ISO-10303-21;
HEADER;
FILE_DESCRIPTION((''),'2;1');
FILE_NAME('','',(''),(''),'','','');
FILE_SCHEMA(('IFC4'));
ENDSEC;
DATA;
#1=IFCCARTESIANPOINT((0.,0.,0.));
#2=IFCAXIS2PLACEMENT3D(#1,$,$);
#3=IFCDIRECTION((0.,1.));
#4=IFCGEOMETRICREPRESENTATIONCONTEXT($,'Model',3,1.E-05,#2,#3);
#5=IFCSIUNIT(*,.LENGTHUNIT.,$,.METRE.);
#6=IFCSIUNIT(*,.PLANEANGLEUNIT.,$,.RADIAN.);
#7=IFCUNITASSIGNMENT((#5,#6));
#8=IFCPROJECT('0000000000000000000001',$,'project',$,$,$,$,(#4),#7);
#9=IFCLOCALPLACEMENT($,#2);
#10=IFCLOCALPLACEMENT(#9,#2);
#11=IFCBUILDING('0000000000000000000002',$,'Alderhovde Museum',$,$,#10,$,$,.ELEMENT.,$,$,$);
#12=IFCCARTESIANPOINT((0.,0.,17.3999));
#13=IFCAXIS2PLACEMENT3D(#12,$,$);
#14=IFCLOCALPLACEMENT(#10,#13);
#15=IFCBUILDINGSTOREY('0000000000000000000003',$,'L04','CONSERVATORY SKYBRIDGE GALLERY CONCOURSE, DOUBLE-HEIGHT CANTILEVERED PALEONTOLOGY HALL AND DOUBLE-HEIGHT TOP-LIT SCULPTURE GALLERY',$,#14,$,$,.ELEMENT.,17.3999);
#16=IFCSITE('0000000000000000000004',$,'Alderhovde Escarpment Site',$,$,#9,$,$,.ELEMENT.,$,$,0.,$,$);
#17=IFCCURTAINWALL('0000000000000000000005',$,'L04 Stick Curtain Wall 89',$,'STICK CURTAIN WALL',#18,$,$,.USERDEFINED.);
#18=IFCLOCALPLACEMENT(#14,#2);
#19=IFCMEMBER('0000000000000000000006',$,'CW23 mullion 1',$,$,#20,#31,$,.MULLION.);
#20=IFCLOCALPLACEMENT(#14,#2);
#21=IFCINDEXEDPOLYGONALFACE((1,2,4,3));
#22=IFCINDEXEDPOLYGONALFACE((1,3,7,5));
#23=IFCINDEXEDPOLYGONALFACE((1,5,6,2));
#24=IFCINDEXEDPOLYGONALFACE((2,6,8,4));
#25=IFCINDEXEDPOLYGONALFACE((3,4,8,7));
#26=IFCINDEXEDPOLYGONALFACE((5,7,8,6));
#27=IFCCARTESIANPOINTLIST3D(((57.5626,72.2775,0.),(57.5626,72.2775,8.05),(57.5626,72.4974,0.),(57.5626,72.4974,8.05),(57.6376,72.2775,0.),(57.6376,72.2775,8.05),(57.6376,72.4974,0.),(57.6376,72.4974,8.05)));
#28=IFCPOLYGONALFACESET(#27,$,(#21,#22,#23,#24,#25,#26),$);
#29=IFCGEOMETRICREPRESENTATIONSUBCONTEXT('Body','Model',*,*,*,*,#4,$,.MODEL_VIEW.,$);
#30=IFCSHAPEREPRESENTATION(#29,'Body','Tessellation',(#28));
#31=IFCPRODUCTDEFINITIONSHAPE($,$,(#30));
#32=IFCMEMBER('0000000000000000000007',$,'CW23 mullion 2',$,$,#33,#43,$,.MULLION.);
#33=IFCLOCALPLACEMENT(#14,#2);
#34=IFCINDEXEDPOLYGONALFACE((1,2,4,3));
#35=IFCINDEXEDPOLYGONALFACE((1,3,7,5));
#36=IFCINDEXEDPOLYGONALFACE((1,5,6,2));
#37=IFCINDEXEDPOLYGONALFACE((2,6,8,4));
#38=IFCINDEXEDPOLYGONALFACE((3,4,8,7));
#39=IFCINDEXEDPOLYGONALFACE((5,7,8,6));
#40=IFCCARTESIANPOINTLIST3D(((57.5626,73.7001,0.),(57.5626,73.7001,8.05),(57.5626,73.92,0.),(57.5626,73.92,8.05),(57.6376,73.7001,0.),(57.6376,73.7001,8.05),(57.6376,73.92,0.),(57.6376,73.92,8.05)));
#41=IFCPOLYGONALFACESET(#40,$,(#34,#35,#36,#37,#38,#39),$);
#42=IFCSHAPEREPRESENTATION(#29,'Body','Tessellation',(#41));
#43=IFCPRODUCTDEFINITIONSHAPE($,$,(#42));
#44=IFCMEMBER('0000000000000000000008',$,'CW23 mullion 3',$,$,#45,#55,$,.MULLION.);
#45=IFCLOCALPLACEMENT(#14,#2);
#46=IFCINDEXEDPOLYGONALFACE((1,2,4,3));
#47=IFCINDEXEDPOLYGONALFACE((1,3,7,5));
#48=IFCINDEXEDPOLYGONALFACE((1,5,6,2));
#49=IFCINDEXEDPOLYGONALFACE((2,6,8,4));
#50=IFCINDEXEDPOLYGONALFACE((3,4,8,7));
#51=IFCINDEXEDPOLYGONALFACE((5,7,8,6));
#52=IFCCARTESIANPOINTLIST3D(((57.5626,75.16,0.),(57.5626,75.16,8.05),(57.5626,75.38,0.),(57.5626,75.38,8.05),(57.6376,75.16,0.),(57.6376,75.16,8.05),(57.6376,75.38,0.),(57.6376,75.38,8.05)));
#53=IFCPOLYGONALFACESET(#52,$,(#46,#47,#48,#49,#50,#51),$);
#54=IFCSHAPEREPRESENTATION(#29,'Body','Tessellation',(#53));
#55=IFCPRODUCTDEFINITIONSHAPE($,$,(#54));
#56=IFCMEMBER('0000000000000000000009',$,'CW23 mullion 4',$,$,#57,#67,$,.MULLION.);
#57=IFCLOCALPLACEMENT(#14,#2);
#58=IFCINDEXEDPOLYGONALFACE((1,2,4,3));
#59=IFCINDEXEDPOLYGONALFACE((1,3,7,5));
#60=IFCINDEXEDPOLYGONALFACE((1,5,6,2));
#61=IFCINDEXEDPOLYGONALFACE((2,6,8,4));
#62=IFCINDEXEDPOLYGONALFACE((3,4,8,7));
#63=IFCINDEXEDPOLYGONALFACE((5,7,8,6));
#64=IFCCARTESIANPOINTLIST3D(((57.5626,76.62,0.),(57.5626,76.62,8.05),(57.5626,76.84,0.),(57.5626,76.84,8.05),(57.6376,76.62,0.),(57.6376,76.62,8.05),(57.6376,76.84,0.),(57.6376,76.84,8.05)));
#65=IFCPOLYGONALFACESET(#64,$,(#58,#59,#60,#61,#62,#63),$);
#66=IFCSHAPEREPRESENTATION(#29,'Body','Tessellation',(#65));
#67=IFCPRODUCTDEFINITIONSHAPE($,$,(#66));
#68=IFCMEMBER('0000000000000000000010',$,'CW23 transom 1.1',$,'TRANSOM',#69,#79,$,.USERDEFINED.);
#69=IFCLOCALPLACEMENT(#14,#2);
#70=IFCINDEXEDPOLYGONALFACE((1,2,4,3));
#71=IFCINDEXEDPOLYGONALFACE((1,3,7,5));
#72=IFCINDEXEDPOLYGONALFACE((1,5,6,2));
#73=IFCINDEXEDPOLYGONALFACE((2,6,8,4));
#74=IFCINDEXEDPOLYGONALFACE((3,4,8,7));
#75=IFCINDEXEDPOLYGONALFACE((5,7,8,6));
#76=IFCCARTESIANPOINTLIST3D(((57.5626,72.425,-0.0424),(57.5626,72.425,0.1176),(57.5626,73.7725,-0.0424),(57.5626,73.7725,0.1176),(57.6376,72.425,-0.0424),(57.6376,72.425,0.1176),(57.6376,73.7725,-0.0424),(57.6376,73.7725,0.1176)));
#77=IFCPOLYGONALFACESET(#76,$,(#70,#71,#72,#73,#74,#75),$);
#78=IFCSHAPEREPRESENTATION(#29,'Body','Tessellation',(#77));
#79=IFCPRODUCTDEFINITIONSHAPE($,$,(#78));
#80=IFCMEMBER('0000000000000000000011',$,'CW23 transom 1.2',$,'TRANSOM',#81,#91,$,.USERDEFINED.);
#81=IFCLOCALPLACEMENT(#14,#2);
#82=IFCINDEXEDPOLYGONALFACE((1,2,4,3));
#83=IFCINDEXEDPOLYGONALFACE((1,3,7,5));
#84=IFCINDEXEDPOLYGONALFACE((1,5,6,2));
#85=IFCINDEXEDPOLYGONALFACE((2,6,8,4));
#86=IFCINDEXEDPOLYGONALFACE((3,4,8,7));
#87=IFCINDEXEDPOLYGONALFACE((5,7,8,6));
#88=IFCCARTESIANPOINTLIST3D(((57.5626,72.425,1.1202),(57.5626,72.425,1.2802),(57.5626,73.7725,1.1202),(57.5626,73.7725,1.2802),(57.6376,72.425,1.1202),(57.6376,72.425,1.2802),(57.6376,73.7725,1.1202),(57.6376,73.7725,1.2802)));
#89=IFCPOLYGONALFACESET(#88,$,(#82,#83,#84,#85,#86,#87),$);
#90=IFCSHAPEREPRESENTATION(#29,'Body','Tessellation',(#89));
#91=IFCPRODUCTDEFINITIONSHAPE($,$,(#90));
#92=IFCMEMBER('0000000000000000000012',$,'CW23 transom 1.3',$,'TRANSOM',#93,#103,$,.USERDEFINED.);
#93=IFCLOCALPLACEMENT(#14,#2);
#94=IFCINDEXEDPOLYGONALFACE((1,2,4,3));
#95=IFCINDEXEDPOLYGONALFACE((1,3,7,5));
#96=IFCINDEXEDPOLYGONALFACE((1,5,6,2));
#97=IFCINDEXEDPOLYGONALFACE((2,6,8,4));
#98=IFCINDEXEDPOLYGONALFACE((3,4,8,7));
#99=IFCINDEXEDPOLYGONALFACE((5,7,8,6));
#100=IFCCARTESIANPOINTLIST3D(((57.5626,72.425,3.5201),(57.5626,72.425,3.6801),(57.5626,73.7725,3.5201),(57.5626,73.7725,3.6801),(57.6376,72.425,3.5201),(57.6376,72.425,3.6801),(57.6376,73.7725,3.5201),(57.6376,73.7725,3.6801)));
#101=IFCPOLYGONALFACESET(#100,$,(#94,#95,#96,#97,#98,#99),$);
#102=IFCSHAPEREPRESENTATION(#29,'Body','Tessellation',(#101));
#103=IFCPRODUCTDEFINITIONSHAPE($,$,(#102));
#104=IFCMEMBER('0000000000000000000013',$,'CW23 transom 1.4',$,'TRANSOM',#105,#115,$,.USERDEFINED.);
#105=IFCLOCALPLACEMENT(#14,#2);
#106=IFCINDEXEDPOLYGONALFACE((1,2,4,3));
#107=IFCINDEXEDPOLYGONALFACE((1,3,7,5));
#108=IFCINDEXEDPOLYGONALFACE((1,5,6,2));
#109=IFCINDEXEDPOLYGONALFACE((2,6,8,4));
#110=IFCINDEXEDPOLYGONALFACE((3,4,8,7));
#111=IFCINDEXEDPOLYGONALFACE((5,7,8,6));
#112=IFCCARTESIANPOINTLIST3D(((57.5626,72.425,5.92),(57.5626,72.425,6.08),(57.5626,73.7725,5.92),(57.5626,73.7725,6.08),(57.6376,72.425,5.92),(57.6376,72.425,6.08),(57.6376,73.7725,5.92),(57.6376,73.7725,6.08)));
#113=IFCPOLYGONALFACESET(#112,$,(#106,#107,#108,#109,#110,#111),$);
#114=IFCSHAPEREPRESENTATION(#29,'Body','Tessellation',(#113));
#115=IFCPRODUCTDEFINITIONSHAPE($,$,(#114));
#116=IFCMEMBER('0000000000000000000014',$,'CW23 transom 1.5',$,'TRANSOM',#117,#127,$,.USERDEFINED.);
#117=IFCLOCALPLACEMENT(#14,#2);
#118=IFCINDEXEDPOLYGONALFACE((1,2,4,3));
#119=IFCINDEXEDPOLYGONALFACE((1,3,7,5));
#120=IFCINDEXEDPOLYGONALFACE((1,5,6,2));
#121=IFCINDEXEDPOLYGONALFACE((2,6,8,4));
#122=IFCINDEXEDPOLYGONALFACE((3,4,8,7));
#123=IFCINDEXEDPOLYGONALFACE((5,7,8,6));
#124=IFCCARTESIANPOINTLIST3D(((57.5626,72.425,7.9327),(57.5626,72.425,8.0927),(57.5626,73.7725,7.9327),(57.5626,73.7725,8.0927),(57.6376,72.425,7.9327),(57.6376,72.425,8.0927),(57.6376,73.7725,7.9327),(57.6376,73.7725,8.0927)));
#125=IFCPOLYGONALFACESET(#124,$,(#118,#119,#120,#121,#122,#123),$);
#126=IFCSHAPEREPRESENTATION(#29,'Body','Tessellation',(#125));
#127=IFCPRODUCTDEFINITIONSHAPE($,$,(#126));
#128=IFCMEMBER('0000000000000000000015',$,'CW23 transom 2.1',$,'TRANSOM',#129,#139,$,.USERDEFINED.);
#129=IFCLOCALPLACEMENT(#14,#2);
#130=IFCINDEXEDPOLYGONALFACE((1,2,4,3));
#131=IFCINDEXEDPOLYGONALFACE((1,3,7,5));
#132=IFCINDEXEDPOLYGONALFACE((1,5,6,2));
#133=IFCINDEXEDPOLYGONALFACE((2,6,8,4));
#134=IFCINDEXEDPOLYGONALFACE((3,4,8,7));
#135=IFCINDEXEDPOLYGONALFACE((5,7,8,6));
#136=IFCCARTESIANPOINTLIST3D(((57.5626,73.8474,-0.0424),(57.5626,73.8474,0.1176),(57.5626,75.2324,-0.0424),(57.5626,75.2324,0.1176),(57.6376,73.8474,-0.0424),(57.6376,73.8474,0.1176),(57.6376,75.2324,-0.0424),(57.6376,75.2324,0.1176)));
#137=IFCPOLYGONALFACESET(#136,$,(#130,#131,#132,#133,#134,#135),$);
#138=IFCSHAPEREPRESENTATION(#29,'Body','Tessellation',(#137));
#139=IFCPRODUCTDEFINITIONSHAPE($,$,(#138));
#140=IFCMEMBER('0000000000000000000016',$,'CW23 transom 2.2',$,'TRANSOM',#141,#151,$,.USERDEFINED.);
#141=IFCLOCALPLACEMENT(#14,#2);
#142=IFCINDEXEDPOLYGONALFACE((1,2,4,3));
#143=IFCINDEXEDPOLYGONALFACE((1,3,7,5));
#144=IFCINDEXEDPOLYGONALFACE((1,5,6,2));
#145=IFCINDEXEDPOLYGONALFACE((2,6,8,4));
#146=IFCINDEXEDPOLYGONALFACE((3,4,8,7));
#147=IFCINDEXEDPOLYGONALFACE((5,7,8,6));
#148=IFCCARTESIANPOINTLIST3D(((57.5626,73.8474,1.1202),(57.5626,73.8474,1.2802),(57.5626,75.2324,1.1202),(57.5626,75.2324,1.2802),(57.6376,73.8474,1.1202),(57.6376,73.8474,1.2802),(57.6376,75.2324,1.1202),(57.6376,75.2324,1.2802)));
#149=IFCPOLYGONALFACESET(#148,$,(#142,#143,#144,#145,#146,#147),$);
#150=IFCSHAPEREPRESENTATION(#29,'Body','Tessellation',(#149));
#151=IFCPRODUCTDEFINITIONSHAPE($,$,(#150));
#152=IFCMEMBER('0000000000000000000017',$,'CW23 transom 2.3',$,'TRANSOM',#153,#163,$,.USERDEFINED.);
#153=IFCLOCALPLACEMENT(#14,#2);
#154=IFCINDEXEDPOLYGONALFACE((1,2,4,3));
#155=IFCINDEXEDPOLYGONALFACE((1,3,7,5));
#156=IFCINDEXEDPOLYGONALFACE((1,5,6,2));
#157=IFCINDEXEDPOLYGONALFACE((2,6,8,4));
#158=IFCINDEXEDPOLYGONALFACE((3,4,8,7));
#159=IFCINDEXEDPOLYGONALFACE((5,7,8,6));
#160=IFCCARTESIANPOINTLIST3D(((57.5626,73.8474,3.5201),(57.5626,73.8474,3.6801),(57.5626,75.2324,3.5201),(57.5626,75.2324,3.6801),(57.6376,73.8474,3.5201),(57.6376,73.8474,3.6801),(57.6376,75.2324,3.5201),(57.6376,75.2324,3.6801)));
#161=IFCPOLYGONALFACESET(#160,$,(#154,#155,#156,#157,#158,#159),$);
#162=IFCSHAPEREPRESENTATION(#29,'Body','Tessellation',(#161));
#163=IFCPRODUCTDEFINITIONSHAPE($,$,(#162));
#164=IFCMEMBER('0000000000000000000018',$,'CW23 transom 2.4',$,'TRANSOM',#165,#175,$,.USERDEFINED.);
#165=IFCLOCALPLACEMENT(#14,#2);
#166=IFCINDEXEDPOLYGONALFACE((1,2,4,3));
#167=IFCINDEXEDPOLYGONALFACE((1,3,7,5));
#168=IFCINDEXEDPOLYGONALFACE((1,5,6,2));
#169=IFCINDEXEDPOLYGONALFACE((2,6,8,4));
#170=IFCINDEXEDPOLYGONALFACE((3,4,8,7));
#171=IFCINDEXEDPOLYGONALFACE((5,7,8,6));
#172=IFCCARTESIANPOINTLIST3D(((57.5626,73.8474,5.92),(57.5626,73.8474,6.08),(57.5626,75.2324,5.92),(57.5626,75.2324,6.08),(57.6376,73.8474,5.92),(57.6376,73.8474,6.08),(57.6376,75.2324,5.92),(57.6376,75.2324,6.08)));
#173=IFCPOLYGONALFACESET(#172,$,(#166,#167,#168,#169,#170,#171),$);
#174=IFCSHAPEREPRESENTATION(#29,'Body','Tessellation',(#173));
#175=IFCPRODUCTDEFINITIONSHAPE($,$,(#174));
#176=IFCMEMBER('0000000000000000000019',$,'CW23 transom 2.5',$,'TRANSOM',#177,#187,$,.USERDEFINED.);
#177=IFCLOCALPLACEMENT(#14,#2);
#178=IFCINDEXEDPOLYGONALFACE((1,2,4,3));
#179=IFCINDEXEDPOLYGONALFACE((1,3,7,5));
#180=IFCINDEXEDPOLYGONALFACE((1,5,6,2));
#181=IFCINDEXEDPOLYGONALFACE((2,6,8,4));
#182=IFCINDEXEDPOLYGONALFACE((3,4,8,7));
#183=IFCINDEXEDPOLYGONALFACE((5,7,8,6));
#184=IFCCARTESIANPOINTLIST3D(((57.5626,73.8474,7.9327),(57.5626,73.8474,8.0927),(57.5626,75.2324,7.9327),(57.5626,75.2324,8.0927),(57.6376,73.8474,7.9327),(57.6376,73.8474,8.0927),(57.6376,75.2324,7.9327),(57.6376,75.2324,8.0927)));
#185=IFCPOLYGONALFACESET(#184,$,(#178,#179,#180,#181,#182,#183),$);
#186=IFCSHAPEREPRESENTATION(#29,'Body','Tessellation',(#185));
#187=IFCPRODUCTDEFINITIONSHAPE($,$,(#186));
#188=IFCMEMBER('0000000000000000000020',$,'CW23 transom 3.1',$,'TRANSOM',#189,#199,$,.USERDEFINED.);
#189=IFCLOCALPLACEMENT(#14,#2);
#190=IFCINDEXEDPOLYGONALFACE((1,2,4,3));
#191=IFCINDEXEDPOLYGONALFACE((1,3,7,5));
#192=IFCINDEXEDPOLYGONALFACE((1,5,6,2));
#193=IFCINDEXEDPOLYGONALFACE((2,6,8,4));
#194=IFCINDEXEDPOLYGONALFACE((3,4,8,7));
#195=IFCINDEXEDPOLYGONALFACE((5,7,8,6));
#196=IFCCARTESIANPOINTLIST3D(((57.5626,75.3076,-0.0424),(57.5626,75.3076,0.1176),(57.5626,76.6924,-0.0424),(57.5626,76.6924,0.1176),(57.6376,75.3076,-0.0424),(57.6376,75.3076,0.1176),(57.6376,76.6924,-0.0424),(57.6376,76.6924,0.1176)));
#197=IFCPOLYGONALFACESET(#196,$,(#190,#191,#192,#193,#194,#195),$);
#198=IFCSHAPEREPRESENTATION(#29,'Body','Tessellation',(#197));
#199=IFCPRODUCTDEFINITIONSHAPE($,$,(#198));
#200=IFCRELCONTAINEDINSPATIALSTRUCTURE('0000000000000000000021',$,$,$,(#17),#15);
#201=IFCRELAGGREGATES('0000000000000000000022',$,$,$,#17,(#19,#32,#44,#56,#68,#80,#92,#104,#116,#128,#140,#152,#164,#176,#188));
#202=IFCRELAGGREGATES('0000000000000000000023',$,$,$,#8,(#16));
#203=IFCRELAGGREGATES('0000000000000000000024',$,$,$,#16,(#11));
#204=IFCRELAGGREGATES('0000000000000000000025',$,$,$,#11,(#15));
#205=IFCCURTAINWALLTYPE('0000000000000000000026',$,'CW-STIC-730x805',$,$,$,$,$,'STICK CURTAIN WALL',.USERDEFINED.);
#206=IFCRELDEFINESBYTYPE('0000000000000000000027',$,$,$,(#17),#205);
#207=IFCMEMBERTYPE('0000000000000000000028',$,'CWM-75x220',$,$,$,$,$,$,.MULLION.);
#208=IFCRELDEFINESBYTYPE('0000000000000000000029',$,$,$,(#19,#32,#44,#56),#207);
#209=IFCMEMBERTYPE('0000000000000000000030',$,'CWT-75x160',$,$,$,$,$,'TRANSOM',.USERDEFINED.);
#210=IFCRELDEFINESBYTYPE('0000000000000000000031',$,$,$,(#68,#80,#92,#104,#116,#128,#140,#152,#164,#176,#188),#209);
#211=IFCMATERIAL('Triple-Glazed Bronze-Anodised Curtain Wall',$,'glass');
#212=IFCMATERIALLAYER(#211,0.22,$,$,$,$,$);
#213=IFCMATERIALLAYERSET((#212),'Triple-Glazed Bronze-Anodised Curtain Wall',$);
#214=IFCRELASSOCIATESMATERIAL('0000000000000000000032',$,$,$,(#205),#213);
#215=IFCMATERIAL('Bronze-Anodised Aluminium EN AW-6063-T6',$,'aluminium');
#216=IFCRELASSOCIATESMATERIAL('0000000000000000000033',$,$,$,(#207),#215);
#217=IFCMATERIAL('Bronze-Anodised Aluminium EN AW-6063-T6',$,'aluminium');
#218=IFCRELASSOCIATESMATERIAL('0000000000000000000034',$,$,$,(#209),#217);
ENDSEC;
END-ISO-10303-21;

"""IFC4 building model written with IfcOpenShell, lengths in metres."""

from ifc_helpers import new_model, si_unit, direction, frame, origin, origin_2d, place, context, subcontext, project, spatial, rectangle, extrude, material, layer, layer_set, material_profile, profile_set, type_object, element, aggregate, save


model = new_model("IFC4")

# Units and contexts
model_context = context("Model", 3, precision=1e-05, world=origin(), true_north=direction((0.0, 1.0)))
body_context = subcontext(model_context, "Body", "Model", "MODEL_VIEW")
ifc_project = project(units=[si_unit("LENGTHUNIT", "METRE"), si_unit("PLANEANGLEUNIT", "RADIAN")], contexts=[model_context])

# Site, building, storey
site_placement = place(None, origin())
site = spatial("IfcSite", under=ifc_project, at=site_placement, Name="Alderhovde Escarpment Site", CompositionType="ELEMENT", RefElevation=0.0)
building_placement = place(site_placement, origin())
building = spatial("IfcBuilding", under=site, at=building_placement, Name="Alderhovde Museum", CompositionType="ELEMENT")
storey_placement = place(building_placement, frame((0.0, 0.0, 17.3999)))
storey = spatial("IfcBuildingStorey", under=building, at=storey_placement, Name="L04", Description="CONSERVATORY SKYBRIDGE GALLERY CONCOURSE, DOUBLE-HEIGHT CANTILEVERED PALEONTOLOGY HALL AND DOUBLE-HEIGHT TOP-LIT SCULPTURE GALLERY", CompositionType="ELEMENT", Elevation=17.3999)

# Curtain wall, members
ifc_material_1 = material(Name="Triple-Glazed Bronze-Anodised Curtain Wall", Category="glass")
ifc_layer_1 = layer(ifc_material_1, 0.22)
ifc_layer_set_1 = layer_set([ifc_layer_1], Name="Triple-Glazed Bronze-Anodised Curtain Wall")
curtain_wall_type = type_object("IfcCurtainWallType", Name="CW-STIC-730x805", ElementType="STICK CURTAIN WALL", PredefinedType="USERDEFINED", material=ifc_layer_set_1)
curtain_wall_placement = place(storey_placement, origin())
curtain_wall = element("IfcCurtainWall", 1, at=curtain_wall_placement, inside=storey, type_object=curtain_wall_type, Name="L04 Stick Curtain Wall 89", ObjectType="STICK CURTAIN WALL", PredefinedType="USERDEFINED")
ifc_material_2 = material(Name="Bronze-Anodised Aluminium EN AW-6063-T6", Category="aluminium")
ifc_material_profile_1 = material_profile(ifc_material_2, rectangle(XDim=0.075, YDim=0.22, at=origin_2d()), Name="MULLION 75x220")
ifc_profile_set_1 = profile_set([ifc_material_profile_1], Name="Bronze-Anodised Aluminium EN AW-6063-T6")
member_type_1 = type_object("IfcMemberType", Name="CWM-75x220", PredefinedType="MULLION", material=ifc_profile_set_1)
member_1_placement = place(storey_placement, frame((57.6001, 72.3875, 0.0), z_axis=(0.0, 0.0, 1.0), x_axis=(-1.0, 0.0, 0.0)))
member_1 = element("IfcMember", 2, at=member_1_placement, type_object=member_type_1, Name="CW23 mullion 1", PredefinedType="MULLION", context=body_context, shape_type="SweptSolid", body=[
    extrude(rectangle(XDim=0.075, YDim=0.22, at=origin_2d()), origin(), (0.0, 0.0, 1.0), 8.05),
])
member_2_placement = place(storey_placement, frame((57.6001, 73.8101, 0.0), z_axis=(0.0, 0.0, 1.0), x_axis=(-1.0, 0.0, 0.0)))
member_2 = element("IfcMember", 3, at=member_2_placement, type_object=member_type_1, Name="CW23 mullion 2", PredefinedType="MULLION", context=body_context, shape_type="SweptSolid", body=[
    extrude(rectangle(XDim=0.075, YDim=0.22, at=origin_2d()), origin(), (0.0, 0.0, 1.0), 8.05),
])
member_3_placement = place(storey_placement, frame((57.6001, 75.27, 0.0), z_axis=(0.0, 0.0, 1.0), x_axis=(-1.0, 0.0, 0.0)))
member_3 = element("IfcMember", 4, at=member_3_placement, type_object=member_type_1, Name="CW23 mullion 3", PredefinedType="MULLION", context=body_context, shape_type="SweptSolid", body=[
    extrude(rectangle(XDim=0.075, YDim=0.22, at=origin_2d()), origin(), (0.0, 0.0, 1.0), 8.05),
])
member_4_placement = place(storey_placement, frame((57.6001, 76.73, 0.0), z_axis=(0.0, 0.0, 1.0), x_axis=(-1.0, 0.0, 0.0)))
member_4 = element("IfcMember", 5, at=member_4_placement, type_object=member_type_1, Name="CW23 mullion 4", PredefinedType="MULLION", context=body_context, shape_type="SweptSolid", body=[
    extrude(rectangle(XDim=0.075, YDim=0.22, at=origin_2d()), origin(), (0.0, 0.0, 1.0), 8.05),
])
ifc_material_3 = material(Name="Bronze-Anodised Aluminium EN AW-6063-T6", Category="aluminium")
ifc_material_profile_2 = material_profile(ifc_material_3, rectangle(XDim=0.075, YDim=0.1599, at=origin_2d()), Name="TRANSOM 75x160")
ifc_profile_set_2 = profile_set([ifc_material_profile_2], Name="Bronze-Anodised Aluminium EN AW-6063-T6")
member_type_2 = type_object("IfcMemberType", Name="CWT-75x160", ElementType="TRANSOM", PredefinedType="USERDEFINED", material=ifc_profile_set_2)
member_5_placement = place(storey_placement, frame((57.6001, 72.425, 0.0376), z_axis=(0.0, 1.0, 0.0), x_axis=(-1.0, 0.0, 0.0)))
member_5 = element("IfcMember", 6, at=member_5_placement, type_object=member_type_2, Name="CW23 transom 1.1", ObjectType="TRANSOM", PredefinedType="USERDEFINED", context=body_context, shape_type="SweptSolid", body=[
    extrude(rectangle(XDim=0.075, YDim=0.1599, at=origin_2d()), origin(), (0.0, 0.0, 1.0), 1.3474),
])
member_6_placement = place(storey_placement, frame((57.6001, 72.425, 1.2002), z_axis=(0.0, 1.0, 0.0), x_axis=(-1.0, 0.0, 0.0)))
member_6 = element("IfcMember", 7, at=member_6_placement, type_object=member_type_2, Name="CW23 transom 1.2", ObjectType="TRANSOM", PredefinedType="USERDEFINED", context=body_context, shape_type="SweptSolid", body=[
    extrude(rectangle(XDim=0.075, YDim=0.1599, at=origin_2d()), origin(), (0.0, 0.0, 1.0), 1.3474),
])
member_7_placement = place(storey_placement, frame((57.6001, 72.425, 3.6001), z_axis=(0.0, 1.0, 0.0), x_axis=(-1.0, 0.0, 0.0)))
member_7 = element("IfcMember", 8, at=member_7_placement, type_object=member_type_2, Name="CW23 transom 1.3", ObjectType="TRANSOM", PredefinedType="USERDEFINED", context=body_context, shape_type="SweptSolid", body=[
    extrude(rectangle(XDim=0.075, YDim=0.1599, at=origin_2d()), origin(), (0.0, 0.0, 1.0), 1.3474),
])
member_8_placement = place(storey_placement, frame((57.6001, 72.425, 6.0), z_axis=(0.0, 1.0, 0.0), x_axis=(-1.0, 0.0, 0.0)))
member_8 = element("IfcMember", 9, at=member_8_placement, type_object=member_type_2, Name="CW23 transom 1.4", ObjectType="TRANSOM", PredefinedType="USERDEFINED", context=body_context, shape_type="SweptSolid", body=[
    extrude(rectangle(XDim=0.075, YDim=0.1599, at=origin_2d()), origin(), (0.0, 0.0, 1.0), 1.3474),
])
member_9_placement = place(storey_placement, frame((57.6001, 72.425, 8.0127), z_axis=(0.0, 1.0, 0.0), x_axis=(-1.0, 0.0, 0.0)))
member_9 = element("IfcMember", 10, at=member_9_placement, type_object=member_type_2, Name="CW23 transom 1.5", ObjectType="TRANSOM", PredefinedType="USERDEFINED", context=body_context, shape_type="SweptSolid", body=[
    extrude(rectangle(XDim=0.075, YDim=0.1599, at=origin_2d()), origin(), (0.0, 0.0, 1.0), 1.3474),
])
member_10_placement = place(storey_placement, frame((57.6001, 73.8474, 0.0376), z_axis=(0.0, 1.0, 0.0), x_axis=(-1.0, 0.0, 0.0)))
member_10 = element("IfcMember", 11, at=member_10_placement, type_object=member_type_2, Name="CW23 transom 2.1", ObjectType="TRANSOM", PredefinedType="USERDEFINED", context=body_context, shape_type="SweptSolid", body=[
    extrude(rectangle(XDim=0.075, YDim=0.1599, at=origin_2d()), origin(), (0.0, 0.0, 1.0), 1.385),
])
member_11_placement = place(storey_placement, frame((57.6001, 73.8474, 1.2002), z_axis=(0.0, 1.0, 0.0), x_axis=(-1.0, 0.0, 0.0)))
member_11 = element("IfcMember", 12, at=member_11_placement, type_object=member_type_2, Name="CW23 transom 2.2", ObjectType="TRANSOM", PredefinedType="USERDEFINED", context=body_context, shape_type="SweptSolid", body=[
    extrude(rectangle(XDim=0.075, YDim=0.1599, at=origin_2d()), origin(), (0.0, 0.0, 1.0), 1.385),
])
member_12_placement = place(storey_placement, frame((57.6001, 73.8474, 3.6001), z_axis=(0.0, 1.0, 0.0), x_axis=(-1.0, 0.0, 0.0)))
member_12 = element("IfcMember", 13, at=member_12_placement, type_object=member_type_2, Name="CW23 transom 2.3", ObjectType="TRANSOM", PredefinedType="USERDEFINED", context=body_context, shape_type="SweptSolid", body=[
    extrude(rectangle(XDim=0.075, YDim=0.1599, at=origin_2d()), origin(), (0.0, 0.0, 1.0), 1.385),
])
member_13_placement = place(storey_placement, frame((57.6001, 73.8474, 6.0), z_axis=(0.0, 1.0, 0.0), x_axis=(-1.0, 0.0, 0.0)))
member_13 = element("IfcMember", 14, at=member_13_placement, type_object=member_type_2, Name="CW23 transom 2.4", ObjectType="TRANSOM", PredefinedType="USERDEFINED", context=body_context, shape_type="SweptSolid", body=[
    extrude(rectangle(XDim=0.075, YDim=0.1599, at=origin_2d()), origin(), (0.0, 0.0, 1.0), 1.385),
])
member_14_placement = place(storey_placement, frame((57.6001, 73.8474, 8.0127), z_axis=(0.0, 1.0, 0.0), x_axis=(-1.0, 0.0, 0.0)))
member_14 = element("IfcMember", 15, at=member_14_placement, type_object=member_type_2, Name="CW23 transom 2.5", ObjectType="TRANSOM", PredefinedType="USERDEFINED", context=body_context, shape_type="SweptSolid", body=[
    extrude(rectangle(XDim=0.075, YDim=0.1599, at=origin_2d()), origin(), (0.0, 0.0, 1.0), 1.385),
])
member_15_placement = place(storey_placement, frame((57.6001, 75.3076, 0.0376), z_axis=(0.0, 1.0, 0.0), x_axis=(-1.0, 0.0, 0.0)))
member_15 = element("IfcMember", 16, at=member_15_placement, type_object=member_type_2, Name="CW23 transom 3.1", ObjectType="TRANSOM", PredefinedType="USERDEFINED", context=body_context, shape_type="SweptSolid", body=[
    extrude(rectangle(XDim=0.075, YDim=0.1599, at=origin_2d()), origin(), (0.0, 0.0, 1.0), 1.3848),
])
aggregate(curtain_wall, [member_1, member_2, member_3, member_4, member_5, member_6, member_7, member_8, member_9, member_10, member_11, member_12, member_13, member_14, member_15])

save(model, "model.ifc")
